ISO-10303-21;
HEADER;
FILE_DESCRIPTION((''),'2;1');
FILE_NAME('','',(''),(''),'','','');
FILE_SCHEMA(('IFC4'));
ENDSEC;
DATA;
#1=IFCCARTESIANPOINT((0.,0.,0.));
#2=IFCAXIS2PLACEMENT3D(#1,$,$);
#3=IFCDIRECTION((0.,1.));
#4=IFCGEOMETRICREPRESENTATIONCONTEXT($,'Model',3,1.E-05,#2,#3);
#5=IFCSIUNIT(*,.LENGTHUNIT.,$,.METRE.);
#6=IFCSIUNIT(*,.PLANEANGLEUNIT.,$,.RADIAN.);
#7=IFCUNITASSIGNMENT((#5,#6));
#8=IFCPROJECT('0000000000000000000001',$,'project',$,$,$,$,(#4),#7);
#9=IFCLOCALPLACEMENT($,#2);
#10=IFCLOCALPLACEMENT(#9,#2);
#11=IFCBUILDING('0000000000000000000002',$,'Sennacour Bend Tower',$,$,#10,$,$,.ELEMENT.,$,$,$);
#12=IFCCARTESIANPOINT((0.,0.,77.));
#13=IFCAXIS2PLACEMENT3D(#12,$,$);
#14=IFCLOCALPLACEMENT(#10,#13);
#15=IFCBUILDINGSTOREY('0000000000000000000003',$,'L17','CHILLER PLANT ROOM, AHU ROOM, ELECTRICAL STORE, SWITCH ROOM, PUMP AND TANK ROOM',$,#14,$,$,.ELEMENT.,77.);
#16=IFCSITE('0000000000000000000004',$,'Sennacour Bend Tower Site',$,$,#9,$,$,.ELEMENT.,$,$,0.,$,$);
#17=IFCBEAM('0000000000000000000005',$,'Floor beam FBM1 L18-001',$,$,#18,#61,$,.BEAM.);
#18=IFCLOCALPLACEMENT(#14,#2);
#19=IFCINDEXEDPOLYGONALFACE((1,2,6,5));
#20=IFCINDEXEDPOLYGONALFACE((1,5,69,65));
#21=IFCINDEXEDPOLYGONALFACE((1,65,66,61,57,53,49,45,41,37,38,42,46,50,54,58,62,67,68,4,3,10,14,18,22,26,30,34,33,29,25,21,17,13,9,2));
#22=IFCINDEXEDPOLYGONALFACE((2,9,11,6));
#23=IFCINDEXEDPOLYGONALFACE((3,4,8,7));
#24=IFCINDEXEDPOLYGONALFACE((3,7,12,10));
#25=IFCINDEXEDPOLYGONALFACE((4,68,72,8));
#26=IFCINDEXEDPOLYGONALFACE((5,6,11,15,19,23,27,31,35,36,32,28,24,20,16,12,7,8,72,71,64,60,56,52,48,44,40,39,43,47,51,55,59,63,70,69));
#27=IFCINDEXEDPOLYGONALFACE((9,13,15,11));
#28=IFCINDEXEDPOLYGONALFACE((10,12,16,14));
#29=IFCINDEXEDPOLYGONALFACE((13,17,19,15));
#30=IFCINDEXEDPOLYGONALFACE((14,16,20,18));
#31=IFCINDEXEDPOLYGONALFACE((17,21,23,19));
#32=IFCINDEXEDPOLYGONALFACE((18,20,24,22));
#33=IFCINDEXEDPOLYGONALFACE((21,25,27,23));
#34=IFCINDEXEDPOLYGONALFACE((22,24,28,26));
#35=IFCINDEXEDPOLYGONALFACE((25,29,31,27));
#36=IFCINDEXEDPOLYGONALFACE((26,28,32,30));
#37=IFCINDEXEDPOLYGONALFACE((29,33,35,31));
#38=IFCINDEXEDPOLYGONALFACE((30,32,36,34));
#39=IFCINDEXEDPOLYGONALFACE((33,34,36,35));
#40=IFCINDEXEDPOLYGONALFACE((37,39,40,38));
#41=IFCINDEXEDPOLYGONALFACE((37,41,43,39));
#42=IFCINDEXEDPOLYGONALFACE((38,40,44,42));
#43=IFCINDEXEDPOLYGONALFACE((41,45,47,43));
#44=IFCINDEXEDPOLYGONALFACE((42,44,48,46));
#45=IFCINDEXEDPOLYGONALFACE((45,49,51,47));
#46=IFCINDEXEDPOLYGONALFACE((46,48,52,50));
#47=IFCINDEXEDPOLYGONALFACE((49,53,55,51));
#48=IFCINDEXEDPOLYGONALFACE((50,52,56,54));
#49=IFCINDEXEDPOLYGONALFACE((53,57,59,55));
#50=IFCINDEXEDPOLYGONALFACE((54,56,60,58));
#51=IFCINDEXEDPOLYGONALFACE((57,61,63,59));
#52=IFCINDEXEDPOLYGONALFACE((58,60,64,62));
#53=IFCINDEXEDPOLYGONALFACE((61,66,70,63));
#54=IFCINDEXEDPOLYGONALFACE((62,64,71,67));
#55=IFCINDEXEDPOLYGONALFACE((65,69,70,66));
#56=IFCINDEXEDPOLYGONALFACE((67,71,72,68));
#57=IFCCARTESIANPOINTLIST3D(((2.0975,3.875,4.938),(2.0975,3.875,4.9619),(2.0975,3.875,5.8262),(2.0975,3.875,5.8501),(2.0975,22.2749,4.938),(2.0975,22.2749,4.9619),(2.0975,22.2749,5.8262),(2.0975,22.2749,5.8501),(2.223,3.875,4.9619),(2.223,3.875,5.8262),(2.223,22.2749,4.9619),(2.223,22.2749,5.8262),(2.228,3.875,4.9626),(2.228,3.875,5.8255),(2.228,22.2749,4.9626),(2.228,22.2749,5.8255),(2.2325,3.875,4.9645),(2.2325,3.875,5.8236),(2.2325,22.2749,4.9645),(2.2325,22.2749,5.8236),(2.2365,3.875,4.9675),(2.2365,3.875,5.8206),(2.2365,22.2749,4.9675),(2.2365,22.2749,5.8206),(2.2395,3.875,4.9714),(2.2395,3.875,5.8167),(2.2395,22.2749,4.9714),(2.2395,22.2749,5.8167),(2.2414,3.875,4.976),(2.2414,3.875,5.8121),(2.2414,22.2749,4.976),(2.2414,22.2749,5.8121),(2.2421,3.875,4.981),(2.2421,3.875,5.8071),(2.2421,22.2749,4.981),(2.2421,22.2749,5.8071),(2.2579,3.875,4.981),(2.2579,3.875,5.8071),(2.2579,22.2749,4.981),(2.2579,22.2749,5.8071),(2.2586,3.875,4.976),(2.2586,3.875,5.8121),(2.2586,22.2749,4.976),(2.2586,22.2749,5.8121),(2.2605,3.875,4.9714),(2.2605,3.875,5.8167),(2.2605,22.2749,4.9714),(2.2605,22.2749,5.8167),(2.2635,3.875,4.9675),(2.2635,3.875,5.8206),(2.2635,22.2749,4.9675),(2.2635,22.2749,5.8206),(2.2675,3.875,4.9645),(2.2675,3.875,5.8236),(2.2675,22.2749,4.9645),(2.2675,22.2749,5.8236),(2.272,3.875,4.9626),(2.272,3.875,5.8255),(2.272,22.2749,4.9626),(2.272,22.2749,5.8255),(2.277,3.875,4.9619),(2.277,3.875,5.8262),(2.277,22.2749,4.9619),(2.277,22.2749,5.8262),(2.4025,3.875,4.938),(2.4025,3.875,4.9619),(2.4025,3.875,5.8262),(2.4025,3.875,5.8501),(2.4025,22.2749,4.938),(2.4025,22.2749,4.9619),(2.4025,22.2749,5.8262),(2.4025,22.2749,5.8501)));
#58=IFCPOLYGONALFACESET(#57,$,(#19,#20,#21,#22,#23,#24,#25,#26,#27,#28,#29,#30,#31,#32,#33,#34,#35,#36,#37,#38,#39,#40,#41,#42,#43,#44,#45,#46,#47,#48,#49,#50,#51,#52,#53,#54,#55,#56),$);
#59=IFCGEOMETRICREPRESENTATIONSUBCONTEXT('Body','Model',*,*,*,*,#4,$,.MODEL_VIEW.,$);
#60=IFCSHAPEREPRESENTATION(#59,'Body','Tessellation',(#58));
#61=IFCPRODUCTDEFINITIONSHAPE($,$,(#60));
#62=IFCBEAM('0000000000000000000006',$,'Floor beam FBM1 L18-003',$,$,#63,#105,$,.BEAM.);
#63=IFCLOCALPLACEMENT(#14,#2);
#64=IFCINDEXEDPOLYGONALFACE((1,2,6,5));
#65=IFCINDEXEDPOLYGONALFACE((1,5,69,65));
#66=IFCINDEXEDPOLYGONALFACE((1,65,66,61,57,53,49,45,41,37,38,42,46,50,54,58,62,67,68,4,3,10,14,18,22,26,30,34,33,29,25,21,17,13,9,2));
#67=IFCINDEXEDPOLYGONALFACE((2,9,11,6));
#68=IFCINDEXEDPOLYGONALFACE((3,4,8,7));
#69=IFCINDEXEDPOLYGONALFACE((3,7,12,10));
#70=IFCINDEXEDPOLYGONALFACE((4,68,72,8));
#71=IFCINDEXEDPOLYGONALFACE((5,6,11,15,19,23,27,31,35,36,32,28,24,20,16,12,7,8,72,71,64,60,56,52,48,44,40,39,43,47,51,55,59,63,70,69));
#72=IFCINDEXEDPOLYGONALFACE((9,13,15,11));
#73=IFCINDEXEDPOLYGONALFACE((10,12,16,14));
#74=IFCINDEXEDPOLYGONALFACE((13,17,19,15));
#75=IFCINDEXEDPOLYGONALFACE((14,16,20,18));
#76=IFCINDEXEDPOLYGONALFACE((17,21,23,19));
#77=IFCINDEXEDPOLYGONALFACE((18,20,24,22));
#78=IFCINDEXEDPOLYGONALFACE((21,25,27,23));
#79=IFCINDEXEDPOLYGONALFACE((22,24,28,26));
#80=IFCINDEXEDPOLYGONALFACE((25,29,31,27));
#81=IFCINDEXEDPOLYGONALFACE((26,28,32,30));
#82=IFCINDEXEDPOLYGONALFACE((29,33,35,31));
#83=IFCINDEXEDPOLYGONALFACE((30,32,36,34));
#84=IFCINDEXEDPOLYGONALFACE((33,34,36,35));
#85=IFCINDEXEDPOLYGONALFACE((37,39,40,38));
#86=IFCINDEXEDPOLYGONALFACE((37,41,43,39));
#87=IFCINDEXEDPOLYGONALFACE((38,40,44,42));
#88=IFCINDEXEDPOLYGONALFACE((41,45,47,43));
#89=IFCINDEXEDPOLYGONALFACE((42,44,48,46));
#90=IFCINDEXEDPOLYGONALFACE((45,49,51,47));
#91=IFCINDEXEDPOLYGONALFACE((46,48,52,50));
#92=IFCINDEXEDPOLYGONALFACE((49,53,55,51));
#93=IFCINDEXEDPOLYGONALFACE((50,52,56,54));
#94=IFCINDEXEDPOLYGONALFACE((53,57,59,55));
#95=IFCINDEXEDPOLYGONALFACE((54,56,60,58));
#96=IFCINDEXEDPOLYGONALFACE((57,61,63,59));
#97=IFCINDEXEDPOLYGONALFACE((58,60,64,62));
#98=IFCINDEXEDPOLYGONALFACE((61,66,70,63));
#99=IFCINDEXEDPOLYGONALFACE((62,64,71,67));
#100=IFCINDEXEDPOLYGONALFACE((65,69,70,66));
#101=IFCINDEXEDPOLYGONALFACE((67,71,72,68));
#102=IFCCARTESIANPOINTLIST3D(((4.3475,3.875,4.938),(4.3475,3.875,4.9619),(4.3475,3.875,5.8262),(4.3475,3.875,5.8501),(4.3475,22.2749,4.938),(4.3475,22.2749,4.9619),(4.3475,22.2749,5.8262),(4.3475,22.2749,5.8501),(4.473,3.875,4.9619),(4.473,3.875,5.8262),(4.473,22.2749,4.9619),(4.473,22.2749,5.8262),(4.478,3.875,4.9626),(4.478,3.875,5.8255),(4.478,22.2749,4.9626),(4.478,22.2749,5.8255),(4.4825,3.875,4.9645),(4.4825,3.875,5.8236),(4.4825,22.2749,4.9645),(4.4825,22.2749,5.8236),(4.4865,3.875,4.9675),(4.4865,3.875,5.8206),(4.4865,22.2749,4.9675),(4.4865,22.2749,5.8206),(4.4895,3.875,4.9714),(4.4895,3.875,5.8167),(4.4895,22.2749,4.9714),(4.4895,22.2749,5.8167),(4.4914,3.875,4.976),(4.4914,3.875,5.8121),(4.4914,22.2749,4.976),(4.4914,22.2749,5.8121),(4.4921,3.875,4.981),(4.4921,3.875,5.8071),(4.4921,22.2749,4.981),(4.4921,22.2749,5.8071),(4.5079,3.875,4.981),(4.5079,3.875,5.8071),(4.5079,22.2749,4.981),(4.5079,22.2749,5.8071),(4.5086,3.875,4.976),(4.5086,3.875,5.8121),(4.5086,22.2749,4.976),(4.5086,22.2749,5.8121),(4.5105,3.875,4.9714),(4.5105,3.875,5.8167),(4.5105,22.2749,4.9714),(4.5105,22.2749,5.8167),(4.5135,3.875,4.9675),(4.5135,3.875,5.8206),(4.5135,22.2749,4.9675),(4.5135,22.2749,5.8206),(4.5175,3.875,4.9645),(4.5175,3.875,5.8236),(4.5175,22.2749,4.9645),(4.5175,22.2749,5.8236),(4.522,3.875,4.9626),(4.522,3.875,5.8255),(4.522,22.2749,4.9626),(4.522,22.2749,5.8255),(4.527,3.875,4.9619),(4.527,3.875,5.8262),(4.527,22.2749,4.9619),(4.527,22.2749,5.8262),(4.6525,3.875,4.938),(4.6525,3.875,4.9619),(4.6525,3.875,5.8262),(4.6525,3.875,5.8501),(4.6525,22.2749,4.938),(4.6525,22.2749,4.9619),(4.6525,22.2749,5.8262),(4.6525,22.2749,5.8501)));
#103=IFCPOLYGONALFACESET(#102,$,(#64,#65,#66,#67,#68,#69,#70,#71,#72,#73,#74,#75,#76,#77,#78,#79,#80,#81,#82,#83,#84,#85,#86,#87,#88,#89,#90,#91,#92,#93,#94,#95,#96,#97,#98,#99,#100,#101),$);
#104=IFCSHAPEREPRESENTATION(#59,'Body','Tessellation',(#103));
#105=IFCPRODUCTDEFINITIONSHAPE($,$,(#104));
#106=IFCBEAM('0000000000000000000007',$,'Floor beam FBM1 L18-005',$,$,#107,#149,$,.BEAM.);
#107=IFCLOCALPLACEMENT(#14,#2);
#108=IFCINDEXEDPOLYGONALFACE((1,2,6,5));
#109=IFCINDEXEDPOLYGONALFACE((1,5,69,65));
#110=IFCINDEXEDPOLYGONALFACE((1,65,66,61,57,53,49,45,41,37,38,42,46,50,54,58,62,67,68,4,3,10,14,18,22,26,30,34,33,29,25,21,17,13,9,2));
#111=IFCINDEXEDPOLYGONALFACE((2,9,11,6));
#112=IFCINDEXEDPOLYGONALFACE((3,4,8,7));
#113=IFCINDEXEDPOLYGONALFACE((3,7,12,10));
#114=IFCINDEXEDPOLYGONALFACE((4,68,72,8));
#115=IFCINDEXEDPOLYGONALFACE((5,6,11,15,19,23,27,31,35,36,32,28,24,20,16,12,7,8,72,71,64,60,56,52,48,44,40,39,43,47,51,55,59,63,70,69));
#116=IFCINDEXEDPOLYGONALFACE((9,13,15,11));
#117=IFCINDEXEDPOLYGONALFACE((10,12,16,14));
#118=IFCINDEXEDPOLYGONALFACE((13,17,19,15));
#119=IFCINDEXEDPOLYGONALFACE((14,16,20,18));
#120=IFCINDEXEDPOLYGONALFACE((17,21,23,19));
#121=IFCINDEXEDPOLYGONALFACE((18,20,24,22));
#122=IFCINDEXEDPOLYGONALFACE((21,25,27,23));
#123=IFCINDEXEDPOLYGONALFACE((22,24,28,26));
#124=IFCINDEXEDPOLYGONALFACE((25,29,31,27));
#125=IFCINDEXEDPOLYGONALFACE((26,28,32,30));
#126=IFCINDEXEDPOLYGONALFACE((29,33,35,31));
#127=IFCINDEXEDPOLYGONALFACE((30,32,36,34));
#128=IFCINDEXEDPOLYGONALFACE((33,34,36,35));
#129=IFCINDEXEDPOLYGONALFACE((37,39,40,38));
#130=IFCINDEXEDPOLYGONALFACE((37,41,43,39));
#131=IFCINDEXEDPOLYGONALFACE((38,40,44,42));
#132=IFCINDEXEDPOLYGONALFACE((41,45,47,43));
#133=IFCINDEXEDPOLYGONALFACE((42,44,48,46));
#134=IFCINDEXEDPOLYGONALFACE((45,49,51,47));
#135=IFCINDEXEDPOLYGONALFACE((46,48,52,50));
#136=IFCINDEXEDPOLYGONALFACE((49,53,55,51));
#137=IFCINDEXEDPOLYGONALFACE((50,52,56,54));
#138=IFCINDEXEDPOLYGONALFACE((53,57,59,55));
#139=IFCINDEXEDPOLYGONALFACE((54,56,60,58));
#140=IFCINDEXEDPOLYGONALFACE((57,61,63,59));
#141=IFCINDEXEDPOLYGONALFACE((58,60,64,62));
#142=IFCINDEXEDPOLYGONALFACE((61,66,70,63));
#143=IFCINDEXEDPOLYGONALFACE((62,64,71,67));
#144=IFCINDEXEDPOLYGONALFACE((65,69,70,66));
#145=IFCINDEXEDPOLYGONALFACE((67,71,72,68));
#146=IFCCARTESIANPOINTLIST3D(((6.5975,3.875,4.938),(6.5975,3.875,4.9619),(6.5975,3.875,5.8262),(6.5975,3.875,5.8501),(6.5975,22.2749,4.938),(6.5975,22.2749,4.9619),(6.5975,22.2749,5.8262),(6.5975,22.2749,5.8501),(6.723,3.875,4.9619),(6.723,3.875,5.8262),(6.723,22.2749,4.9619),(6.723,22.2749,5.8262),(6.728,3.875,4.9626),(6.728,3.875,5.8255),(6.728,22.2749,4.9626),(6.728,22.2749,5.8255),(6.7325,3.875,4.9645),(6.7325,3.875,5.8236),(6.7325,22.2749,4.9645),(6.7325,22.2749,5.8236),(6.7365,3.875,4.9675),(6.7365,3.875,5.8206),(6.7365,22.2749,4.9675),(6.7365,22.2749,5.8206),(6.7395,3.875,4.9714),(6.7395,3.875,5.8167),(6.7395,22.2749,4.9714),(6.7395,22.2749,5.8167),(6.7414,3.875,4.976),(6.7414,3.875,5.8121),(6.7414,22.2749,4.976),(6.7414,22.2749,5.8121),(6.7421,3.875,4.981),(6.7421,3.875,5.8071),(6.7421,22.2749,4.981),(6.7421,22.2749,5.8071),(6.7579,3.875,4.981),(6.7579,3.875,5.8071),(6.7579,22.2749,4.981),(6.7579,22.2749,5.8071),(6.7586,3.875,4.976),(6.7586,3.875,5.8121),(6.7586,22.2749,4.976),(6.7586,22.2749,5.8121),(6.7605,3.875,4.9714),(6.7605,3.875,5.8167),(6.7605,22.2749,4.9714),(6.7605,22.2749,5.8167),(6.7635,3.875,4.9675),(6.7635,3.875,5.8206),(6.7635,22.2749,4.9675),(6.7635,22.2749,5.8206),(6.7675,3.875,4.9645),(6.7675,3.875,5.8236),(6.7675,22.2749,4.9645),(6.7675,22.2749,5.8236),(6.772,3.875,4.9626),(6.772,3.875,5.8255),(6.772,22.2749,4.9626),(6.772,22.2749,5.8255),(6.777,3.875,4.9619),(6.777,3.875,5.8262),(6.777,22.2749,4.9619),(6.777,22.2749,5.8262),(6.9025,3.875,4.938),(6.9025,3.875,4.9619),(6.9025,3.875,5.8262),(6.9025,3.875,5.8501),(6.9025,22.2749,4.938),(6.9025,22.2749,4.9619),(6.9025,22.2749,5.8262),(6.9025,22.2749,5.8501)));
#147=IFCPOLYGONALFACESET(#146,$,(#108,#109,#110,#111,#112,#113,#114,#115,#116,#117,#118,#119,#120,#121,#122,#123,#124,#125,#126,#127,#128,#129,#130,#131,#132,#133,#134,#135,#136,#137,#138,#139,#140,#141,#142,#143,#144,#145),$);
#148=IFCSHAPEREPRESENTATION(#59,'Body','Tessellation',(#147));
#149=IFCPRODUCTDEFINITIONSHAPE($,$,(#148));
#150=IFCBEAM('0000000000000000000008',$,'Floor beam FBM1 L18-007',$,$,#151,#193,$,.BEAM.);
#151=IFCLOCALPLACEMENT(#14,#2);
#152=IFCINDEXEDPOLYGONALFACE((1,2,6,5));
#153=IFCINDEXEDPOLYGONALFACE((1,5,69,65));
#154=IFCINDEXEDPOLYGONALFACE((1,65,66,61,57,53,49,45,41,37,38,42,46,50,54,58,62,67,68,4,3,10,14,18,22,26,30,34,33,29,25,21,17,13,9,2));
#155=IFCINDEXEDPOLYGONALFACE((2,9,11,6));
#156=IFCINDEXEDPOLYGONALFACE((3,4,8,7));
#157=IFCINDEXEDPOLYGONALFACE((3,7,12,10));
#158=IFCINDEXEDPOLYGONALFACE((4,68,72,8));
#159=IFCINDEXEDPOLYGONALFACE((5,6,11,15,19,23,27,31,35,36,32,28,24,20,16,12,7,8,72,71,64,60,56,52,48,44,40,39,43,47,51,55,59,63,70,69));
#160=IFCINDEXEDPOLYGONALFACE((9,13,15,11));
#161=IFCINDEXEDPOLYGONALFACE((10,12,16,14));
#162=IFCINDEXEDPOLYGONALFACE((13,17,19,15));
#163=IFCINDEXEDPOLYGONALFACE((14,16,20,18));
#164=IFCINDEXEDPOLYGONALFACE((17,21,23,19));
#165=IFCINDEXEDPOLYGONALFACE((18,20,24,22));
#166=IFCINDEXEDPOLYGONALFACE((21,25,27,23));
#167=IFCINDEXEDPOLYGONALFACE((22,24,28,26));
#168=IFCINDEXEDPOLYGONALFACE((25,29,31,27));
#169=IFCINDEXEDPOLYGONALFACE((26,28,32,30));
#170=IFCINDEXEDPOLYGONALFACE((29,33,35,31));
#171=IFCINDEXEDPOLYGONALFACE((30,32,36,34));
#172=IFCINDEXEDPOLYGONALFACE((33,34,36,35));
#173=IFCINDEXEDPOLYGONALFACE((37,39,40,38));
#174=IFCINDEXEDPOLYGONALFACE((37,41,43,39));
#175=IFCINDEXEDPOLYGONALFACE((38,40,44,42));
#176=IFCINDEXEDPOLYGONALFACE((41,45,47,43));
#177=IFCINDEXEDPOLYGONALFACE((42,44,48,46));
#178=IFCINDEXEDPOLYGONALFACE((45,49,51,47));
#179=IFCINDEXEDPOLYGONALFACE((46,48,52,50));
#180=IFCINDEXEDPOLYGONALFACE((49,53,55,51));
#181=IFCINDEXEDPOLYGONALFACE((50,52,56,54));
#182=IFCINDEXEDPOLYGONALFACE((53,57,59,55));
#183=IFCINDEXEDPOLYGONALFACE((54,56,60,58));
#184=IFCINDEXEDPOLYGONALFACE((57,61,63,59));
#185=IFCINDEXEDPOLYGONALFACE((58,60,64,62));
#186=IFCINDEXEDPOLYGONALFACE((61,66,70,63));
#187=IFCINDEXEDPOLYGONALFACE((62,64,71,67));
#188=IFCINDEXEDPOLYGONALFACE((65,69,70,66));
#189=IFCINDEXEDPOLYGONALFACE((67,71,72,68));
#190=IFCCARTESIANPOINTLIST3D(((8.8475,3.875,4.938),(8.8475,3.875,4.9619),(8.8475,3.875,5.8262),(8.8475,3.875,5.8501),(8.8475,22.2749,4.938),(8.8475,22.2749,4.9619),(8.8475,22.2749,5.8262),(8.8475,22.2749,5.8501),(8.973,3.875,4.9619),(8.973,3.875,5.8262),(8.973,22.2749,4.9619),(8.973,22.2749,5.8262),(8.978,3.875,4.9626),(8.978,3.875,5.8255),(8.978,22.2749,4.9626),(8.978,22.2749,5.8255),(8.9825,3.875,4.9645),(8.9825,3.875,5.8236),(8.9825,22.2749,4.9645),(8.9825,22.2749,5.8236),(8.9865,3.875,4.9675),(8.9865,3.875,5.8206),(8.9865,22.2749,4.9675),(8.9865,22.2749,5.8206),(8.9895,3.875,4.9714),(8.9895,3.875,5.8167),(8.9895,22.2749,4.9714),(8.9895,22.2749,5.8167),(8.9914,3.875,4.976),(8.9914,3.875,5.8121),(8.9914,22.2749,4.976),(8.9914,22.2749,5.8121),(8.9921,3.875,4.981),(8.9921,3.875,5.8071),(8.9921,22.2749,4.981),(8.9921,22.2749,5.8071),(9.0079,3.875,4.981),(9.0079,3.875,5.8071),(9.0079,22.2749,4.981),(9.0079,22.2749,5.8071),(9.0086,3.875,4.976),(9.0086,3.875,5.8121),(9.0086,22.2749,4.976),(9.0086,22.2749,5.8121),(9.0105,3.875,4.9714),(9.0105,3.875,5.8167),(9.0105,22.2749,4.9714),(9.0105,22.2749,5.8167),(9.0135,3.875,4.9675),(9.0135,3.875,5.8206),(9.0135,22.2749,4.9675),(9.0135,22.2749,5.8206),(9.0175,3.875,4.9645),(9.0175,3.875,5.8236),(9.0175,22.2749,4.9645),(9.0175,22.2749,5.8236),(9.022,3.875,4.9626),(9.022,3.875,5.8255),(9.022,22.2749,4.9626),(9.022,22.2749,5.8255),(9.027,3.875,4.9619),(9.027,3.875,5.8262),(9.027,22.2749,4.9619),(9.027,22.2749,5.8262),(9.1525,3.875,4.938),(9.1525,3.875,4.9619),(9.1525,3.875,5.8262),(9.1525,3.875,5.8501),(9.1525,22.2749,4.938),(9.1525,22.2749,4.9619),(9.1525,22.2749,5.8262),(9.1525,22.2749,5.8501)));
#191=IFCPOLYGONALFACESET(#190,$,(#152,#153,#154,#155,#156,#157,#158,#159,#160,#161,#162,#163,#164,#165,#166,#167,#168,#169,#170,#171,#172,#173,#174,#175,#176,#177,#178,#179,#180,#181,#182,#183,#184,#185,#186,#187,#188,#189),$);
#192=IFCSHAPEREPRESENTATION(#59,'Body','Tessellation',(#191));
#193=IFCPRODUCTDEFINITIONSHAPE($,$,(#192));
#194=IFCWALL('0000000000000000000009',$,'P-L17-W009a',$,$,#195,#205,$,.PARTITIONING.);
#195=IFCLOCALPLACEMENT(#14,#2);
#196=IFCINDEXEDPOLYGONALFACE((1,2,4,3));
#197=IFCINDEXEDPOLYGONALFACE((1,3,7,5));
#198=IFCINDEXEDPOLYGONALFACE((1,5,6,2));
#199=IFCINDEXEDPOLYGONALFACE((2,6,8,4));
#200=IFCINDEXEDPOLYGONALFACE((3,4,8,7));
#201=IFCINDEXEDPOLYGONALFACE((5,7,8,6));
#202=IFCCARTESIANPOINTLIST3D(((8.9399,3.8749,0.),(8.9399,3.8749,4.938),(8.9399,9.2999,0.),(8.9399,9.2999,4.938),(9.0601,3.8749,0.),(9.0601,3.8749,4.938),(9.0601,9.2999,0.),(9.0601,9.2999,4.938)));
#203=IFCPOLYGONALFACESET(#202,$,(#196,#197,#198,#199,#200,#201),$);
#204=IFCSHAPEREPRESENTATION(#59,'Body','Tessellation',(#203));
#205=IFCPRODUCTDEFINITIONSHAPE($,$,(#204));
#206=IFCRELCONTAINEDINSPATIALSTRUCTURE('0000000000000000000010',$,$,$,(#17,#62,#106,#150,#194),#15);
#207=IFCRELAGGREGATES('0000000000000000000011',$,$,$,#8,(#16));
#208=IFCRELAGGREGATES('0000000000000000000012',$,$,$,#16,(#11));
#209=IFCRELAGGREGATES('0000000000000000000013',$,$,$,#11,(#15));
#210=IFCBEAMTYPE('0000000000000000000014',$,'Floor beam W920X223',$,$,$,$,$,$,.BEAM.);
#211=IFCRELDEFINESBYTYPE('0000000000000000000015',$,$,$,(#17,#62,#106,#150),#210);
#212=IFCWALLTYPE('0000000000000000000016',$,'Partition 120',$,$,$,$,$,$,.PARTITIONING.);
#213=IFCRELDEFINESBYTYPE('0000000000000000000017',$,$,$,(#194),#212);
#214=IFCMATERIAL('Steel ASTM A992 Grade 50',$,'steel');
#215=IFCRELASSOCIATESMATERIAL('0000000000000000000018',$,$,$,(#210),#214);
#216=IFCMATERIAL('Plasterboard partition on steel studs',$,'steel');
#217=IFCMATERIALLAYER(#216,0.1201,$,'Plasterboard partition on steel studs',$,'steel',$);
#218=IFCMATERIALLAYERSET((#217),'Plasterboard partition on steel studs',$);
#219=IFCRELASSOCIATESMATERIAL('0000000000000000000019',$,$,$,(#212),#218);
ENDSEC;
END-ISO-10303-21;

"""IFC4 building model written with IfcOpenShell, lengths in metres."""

from ifc_helpers import new_model, si_unit, direction, frame, frame_2d, origin, origin_2d, place, context, subcontext, project, spatial, rectangle, i_section, extrude, material, layer, layer_set, material_profile, profile_set, type_object, element, save


model = new_model("IFC4")

# Units and contexts
model_context = context("Model", 3, precision=1e-05, world=origin(), true_north=direction((0.0, 1.0)))
body_context = subcontext(model_context, "Body", "Model", "MODEL_VIEW")
ifc_project = project(units=[si_unit("LENGTHUNIT", "METRE"), si_unit("PLANEANGLEUNIT", "RADIAN")], contexts=[model_context])

# Site, building, storey
site_placement = place(None, origin())
site = spatial("IfcSite", under=ifc_project, at=site_placement, Name="Sennacour Bend Tower Site", CompositionType="ELEMENT", RefElevation=0.0)
building_placement = place(site_placement, origin())
building = spatial("IfcBuilding", under=site, at=building_placement, Name="Sennacour Bend Tower", CompositionType="ELEMENT")
storey_placement = place(building_placement, frame((0.0, 0.0, 77.0)))
storey = spatial("IfcBuildingStorey", under=building, at=storey_placement, Name="L17", Description="CHILLER PLANT ROOM, AHU ROOM, ELECTRICAL STORE, SWITCH ROOM, PUMP AND TANK ROOM", CompositionType="ELEMENT", Elevation=77.0)

# Beams
ifc_material_1 = material(Name="Steel ASTM A992 Grade 50", Category="steel")
ifc_material_profile = material_profile(ifc_material_1, i_section(OverallWidth=0.3049, OverallDepth=0.9121, WebThickness=0.0159, FlangeThickness=0.0239, FilletRadius=0.019, at=origin_2d()), Name="Steel ASTM A992 Grade 50", Category="steel")
ifc_profile_set = profile_set([ifc_material_profile], Name="Steel ASTM A992 Grade 50")
beam_type = type_object("IfcBeamType", Name="Floor beam W920X223", PredefinedType="BEAM", material=ifc_profile_set)
for number, where, z_axis, x_axis, name in (
    (1, (2.25, 3.875, 5.394), (0.0, 1.0, 0.0), (-1.0, 0.0, 0.0), "Floor beam FBM1 L18-001"),
    (2, (4.5, 3.875, 5.394), (0.0, 1.0, 0.0), (-1.0, 0.0, 0.0), "Floor beam FBM1 L18-003"),
    (3, (6.75, 3.875, 5.394), (0.0, 1.0, 0.0), (-1.0, 0.0, 0.0), "Floor beam FBM1 L18-005"),
    (4, (9.0, 3.875, 5.394), (0.0, 1.0, 0.0), (-1.0, 0.0, 0.0), "Floor beam FBM1 L18-007"),
):
    element("IfcBeam", number, at=place(storey_placement, frame(where, z_axis=z_axis, x_axis=x_axis)), inside=storey, type_object=beam_type, Name=name, PredefinedType="BEAM", context=body_context, shape_type="SweptSolid", body=[
        extrude(i_section(OverallWidth=0.3049, OverallDepth=0.9121, WebThickness=0.0159, FlangeThickness=0.0239, FilletRadius=0.019, at=origin_2d()), origin(), (0.0, 0.0, 1.0), 18.3999),
    ])

# Wall
ifc_material_2 = material(Name="Plasterboard partition on steel studs", Category="steel")
ifc_layer_1 = layer(ifc_material_2, 0.1201, Name="Plasterboard partition on steel studs", Category="steel")
ifc_layer_set_1 = layer_set([ifc_layer_1], Name="Plasterboard partition on steel studs")
wall_type_1 = type_object("IfcWallType", Name="Partition 120", PredefinedType="PARTITIONING", material=ifc_layer_set_1)
wall_1_placement = place(storey_placement, frame((9.0, 3.875, 0.0), z_axis=(0.0, 0.0, 1.0), x_axis=(0.0, 1.0, 0.0)))
element("IfcWall", 5, at=wall_1_placement, inside=storey, type_object=wall_type_1, Name="P-L17-W009a", PredefinedType="PARTITIONING", context=body_context, shape_type="SweptSolid", body=[
    extrude(rectangle(XDim=5.425, YDim=0.1201, at=frame_2d((2.7124, 0.0))), origin(), (0.0, 0.0, 1.0), 4.938),
])

save(model, "model.ifc")
